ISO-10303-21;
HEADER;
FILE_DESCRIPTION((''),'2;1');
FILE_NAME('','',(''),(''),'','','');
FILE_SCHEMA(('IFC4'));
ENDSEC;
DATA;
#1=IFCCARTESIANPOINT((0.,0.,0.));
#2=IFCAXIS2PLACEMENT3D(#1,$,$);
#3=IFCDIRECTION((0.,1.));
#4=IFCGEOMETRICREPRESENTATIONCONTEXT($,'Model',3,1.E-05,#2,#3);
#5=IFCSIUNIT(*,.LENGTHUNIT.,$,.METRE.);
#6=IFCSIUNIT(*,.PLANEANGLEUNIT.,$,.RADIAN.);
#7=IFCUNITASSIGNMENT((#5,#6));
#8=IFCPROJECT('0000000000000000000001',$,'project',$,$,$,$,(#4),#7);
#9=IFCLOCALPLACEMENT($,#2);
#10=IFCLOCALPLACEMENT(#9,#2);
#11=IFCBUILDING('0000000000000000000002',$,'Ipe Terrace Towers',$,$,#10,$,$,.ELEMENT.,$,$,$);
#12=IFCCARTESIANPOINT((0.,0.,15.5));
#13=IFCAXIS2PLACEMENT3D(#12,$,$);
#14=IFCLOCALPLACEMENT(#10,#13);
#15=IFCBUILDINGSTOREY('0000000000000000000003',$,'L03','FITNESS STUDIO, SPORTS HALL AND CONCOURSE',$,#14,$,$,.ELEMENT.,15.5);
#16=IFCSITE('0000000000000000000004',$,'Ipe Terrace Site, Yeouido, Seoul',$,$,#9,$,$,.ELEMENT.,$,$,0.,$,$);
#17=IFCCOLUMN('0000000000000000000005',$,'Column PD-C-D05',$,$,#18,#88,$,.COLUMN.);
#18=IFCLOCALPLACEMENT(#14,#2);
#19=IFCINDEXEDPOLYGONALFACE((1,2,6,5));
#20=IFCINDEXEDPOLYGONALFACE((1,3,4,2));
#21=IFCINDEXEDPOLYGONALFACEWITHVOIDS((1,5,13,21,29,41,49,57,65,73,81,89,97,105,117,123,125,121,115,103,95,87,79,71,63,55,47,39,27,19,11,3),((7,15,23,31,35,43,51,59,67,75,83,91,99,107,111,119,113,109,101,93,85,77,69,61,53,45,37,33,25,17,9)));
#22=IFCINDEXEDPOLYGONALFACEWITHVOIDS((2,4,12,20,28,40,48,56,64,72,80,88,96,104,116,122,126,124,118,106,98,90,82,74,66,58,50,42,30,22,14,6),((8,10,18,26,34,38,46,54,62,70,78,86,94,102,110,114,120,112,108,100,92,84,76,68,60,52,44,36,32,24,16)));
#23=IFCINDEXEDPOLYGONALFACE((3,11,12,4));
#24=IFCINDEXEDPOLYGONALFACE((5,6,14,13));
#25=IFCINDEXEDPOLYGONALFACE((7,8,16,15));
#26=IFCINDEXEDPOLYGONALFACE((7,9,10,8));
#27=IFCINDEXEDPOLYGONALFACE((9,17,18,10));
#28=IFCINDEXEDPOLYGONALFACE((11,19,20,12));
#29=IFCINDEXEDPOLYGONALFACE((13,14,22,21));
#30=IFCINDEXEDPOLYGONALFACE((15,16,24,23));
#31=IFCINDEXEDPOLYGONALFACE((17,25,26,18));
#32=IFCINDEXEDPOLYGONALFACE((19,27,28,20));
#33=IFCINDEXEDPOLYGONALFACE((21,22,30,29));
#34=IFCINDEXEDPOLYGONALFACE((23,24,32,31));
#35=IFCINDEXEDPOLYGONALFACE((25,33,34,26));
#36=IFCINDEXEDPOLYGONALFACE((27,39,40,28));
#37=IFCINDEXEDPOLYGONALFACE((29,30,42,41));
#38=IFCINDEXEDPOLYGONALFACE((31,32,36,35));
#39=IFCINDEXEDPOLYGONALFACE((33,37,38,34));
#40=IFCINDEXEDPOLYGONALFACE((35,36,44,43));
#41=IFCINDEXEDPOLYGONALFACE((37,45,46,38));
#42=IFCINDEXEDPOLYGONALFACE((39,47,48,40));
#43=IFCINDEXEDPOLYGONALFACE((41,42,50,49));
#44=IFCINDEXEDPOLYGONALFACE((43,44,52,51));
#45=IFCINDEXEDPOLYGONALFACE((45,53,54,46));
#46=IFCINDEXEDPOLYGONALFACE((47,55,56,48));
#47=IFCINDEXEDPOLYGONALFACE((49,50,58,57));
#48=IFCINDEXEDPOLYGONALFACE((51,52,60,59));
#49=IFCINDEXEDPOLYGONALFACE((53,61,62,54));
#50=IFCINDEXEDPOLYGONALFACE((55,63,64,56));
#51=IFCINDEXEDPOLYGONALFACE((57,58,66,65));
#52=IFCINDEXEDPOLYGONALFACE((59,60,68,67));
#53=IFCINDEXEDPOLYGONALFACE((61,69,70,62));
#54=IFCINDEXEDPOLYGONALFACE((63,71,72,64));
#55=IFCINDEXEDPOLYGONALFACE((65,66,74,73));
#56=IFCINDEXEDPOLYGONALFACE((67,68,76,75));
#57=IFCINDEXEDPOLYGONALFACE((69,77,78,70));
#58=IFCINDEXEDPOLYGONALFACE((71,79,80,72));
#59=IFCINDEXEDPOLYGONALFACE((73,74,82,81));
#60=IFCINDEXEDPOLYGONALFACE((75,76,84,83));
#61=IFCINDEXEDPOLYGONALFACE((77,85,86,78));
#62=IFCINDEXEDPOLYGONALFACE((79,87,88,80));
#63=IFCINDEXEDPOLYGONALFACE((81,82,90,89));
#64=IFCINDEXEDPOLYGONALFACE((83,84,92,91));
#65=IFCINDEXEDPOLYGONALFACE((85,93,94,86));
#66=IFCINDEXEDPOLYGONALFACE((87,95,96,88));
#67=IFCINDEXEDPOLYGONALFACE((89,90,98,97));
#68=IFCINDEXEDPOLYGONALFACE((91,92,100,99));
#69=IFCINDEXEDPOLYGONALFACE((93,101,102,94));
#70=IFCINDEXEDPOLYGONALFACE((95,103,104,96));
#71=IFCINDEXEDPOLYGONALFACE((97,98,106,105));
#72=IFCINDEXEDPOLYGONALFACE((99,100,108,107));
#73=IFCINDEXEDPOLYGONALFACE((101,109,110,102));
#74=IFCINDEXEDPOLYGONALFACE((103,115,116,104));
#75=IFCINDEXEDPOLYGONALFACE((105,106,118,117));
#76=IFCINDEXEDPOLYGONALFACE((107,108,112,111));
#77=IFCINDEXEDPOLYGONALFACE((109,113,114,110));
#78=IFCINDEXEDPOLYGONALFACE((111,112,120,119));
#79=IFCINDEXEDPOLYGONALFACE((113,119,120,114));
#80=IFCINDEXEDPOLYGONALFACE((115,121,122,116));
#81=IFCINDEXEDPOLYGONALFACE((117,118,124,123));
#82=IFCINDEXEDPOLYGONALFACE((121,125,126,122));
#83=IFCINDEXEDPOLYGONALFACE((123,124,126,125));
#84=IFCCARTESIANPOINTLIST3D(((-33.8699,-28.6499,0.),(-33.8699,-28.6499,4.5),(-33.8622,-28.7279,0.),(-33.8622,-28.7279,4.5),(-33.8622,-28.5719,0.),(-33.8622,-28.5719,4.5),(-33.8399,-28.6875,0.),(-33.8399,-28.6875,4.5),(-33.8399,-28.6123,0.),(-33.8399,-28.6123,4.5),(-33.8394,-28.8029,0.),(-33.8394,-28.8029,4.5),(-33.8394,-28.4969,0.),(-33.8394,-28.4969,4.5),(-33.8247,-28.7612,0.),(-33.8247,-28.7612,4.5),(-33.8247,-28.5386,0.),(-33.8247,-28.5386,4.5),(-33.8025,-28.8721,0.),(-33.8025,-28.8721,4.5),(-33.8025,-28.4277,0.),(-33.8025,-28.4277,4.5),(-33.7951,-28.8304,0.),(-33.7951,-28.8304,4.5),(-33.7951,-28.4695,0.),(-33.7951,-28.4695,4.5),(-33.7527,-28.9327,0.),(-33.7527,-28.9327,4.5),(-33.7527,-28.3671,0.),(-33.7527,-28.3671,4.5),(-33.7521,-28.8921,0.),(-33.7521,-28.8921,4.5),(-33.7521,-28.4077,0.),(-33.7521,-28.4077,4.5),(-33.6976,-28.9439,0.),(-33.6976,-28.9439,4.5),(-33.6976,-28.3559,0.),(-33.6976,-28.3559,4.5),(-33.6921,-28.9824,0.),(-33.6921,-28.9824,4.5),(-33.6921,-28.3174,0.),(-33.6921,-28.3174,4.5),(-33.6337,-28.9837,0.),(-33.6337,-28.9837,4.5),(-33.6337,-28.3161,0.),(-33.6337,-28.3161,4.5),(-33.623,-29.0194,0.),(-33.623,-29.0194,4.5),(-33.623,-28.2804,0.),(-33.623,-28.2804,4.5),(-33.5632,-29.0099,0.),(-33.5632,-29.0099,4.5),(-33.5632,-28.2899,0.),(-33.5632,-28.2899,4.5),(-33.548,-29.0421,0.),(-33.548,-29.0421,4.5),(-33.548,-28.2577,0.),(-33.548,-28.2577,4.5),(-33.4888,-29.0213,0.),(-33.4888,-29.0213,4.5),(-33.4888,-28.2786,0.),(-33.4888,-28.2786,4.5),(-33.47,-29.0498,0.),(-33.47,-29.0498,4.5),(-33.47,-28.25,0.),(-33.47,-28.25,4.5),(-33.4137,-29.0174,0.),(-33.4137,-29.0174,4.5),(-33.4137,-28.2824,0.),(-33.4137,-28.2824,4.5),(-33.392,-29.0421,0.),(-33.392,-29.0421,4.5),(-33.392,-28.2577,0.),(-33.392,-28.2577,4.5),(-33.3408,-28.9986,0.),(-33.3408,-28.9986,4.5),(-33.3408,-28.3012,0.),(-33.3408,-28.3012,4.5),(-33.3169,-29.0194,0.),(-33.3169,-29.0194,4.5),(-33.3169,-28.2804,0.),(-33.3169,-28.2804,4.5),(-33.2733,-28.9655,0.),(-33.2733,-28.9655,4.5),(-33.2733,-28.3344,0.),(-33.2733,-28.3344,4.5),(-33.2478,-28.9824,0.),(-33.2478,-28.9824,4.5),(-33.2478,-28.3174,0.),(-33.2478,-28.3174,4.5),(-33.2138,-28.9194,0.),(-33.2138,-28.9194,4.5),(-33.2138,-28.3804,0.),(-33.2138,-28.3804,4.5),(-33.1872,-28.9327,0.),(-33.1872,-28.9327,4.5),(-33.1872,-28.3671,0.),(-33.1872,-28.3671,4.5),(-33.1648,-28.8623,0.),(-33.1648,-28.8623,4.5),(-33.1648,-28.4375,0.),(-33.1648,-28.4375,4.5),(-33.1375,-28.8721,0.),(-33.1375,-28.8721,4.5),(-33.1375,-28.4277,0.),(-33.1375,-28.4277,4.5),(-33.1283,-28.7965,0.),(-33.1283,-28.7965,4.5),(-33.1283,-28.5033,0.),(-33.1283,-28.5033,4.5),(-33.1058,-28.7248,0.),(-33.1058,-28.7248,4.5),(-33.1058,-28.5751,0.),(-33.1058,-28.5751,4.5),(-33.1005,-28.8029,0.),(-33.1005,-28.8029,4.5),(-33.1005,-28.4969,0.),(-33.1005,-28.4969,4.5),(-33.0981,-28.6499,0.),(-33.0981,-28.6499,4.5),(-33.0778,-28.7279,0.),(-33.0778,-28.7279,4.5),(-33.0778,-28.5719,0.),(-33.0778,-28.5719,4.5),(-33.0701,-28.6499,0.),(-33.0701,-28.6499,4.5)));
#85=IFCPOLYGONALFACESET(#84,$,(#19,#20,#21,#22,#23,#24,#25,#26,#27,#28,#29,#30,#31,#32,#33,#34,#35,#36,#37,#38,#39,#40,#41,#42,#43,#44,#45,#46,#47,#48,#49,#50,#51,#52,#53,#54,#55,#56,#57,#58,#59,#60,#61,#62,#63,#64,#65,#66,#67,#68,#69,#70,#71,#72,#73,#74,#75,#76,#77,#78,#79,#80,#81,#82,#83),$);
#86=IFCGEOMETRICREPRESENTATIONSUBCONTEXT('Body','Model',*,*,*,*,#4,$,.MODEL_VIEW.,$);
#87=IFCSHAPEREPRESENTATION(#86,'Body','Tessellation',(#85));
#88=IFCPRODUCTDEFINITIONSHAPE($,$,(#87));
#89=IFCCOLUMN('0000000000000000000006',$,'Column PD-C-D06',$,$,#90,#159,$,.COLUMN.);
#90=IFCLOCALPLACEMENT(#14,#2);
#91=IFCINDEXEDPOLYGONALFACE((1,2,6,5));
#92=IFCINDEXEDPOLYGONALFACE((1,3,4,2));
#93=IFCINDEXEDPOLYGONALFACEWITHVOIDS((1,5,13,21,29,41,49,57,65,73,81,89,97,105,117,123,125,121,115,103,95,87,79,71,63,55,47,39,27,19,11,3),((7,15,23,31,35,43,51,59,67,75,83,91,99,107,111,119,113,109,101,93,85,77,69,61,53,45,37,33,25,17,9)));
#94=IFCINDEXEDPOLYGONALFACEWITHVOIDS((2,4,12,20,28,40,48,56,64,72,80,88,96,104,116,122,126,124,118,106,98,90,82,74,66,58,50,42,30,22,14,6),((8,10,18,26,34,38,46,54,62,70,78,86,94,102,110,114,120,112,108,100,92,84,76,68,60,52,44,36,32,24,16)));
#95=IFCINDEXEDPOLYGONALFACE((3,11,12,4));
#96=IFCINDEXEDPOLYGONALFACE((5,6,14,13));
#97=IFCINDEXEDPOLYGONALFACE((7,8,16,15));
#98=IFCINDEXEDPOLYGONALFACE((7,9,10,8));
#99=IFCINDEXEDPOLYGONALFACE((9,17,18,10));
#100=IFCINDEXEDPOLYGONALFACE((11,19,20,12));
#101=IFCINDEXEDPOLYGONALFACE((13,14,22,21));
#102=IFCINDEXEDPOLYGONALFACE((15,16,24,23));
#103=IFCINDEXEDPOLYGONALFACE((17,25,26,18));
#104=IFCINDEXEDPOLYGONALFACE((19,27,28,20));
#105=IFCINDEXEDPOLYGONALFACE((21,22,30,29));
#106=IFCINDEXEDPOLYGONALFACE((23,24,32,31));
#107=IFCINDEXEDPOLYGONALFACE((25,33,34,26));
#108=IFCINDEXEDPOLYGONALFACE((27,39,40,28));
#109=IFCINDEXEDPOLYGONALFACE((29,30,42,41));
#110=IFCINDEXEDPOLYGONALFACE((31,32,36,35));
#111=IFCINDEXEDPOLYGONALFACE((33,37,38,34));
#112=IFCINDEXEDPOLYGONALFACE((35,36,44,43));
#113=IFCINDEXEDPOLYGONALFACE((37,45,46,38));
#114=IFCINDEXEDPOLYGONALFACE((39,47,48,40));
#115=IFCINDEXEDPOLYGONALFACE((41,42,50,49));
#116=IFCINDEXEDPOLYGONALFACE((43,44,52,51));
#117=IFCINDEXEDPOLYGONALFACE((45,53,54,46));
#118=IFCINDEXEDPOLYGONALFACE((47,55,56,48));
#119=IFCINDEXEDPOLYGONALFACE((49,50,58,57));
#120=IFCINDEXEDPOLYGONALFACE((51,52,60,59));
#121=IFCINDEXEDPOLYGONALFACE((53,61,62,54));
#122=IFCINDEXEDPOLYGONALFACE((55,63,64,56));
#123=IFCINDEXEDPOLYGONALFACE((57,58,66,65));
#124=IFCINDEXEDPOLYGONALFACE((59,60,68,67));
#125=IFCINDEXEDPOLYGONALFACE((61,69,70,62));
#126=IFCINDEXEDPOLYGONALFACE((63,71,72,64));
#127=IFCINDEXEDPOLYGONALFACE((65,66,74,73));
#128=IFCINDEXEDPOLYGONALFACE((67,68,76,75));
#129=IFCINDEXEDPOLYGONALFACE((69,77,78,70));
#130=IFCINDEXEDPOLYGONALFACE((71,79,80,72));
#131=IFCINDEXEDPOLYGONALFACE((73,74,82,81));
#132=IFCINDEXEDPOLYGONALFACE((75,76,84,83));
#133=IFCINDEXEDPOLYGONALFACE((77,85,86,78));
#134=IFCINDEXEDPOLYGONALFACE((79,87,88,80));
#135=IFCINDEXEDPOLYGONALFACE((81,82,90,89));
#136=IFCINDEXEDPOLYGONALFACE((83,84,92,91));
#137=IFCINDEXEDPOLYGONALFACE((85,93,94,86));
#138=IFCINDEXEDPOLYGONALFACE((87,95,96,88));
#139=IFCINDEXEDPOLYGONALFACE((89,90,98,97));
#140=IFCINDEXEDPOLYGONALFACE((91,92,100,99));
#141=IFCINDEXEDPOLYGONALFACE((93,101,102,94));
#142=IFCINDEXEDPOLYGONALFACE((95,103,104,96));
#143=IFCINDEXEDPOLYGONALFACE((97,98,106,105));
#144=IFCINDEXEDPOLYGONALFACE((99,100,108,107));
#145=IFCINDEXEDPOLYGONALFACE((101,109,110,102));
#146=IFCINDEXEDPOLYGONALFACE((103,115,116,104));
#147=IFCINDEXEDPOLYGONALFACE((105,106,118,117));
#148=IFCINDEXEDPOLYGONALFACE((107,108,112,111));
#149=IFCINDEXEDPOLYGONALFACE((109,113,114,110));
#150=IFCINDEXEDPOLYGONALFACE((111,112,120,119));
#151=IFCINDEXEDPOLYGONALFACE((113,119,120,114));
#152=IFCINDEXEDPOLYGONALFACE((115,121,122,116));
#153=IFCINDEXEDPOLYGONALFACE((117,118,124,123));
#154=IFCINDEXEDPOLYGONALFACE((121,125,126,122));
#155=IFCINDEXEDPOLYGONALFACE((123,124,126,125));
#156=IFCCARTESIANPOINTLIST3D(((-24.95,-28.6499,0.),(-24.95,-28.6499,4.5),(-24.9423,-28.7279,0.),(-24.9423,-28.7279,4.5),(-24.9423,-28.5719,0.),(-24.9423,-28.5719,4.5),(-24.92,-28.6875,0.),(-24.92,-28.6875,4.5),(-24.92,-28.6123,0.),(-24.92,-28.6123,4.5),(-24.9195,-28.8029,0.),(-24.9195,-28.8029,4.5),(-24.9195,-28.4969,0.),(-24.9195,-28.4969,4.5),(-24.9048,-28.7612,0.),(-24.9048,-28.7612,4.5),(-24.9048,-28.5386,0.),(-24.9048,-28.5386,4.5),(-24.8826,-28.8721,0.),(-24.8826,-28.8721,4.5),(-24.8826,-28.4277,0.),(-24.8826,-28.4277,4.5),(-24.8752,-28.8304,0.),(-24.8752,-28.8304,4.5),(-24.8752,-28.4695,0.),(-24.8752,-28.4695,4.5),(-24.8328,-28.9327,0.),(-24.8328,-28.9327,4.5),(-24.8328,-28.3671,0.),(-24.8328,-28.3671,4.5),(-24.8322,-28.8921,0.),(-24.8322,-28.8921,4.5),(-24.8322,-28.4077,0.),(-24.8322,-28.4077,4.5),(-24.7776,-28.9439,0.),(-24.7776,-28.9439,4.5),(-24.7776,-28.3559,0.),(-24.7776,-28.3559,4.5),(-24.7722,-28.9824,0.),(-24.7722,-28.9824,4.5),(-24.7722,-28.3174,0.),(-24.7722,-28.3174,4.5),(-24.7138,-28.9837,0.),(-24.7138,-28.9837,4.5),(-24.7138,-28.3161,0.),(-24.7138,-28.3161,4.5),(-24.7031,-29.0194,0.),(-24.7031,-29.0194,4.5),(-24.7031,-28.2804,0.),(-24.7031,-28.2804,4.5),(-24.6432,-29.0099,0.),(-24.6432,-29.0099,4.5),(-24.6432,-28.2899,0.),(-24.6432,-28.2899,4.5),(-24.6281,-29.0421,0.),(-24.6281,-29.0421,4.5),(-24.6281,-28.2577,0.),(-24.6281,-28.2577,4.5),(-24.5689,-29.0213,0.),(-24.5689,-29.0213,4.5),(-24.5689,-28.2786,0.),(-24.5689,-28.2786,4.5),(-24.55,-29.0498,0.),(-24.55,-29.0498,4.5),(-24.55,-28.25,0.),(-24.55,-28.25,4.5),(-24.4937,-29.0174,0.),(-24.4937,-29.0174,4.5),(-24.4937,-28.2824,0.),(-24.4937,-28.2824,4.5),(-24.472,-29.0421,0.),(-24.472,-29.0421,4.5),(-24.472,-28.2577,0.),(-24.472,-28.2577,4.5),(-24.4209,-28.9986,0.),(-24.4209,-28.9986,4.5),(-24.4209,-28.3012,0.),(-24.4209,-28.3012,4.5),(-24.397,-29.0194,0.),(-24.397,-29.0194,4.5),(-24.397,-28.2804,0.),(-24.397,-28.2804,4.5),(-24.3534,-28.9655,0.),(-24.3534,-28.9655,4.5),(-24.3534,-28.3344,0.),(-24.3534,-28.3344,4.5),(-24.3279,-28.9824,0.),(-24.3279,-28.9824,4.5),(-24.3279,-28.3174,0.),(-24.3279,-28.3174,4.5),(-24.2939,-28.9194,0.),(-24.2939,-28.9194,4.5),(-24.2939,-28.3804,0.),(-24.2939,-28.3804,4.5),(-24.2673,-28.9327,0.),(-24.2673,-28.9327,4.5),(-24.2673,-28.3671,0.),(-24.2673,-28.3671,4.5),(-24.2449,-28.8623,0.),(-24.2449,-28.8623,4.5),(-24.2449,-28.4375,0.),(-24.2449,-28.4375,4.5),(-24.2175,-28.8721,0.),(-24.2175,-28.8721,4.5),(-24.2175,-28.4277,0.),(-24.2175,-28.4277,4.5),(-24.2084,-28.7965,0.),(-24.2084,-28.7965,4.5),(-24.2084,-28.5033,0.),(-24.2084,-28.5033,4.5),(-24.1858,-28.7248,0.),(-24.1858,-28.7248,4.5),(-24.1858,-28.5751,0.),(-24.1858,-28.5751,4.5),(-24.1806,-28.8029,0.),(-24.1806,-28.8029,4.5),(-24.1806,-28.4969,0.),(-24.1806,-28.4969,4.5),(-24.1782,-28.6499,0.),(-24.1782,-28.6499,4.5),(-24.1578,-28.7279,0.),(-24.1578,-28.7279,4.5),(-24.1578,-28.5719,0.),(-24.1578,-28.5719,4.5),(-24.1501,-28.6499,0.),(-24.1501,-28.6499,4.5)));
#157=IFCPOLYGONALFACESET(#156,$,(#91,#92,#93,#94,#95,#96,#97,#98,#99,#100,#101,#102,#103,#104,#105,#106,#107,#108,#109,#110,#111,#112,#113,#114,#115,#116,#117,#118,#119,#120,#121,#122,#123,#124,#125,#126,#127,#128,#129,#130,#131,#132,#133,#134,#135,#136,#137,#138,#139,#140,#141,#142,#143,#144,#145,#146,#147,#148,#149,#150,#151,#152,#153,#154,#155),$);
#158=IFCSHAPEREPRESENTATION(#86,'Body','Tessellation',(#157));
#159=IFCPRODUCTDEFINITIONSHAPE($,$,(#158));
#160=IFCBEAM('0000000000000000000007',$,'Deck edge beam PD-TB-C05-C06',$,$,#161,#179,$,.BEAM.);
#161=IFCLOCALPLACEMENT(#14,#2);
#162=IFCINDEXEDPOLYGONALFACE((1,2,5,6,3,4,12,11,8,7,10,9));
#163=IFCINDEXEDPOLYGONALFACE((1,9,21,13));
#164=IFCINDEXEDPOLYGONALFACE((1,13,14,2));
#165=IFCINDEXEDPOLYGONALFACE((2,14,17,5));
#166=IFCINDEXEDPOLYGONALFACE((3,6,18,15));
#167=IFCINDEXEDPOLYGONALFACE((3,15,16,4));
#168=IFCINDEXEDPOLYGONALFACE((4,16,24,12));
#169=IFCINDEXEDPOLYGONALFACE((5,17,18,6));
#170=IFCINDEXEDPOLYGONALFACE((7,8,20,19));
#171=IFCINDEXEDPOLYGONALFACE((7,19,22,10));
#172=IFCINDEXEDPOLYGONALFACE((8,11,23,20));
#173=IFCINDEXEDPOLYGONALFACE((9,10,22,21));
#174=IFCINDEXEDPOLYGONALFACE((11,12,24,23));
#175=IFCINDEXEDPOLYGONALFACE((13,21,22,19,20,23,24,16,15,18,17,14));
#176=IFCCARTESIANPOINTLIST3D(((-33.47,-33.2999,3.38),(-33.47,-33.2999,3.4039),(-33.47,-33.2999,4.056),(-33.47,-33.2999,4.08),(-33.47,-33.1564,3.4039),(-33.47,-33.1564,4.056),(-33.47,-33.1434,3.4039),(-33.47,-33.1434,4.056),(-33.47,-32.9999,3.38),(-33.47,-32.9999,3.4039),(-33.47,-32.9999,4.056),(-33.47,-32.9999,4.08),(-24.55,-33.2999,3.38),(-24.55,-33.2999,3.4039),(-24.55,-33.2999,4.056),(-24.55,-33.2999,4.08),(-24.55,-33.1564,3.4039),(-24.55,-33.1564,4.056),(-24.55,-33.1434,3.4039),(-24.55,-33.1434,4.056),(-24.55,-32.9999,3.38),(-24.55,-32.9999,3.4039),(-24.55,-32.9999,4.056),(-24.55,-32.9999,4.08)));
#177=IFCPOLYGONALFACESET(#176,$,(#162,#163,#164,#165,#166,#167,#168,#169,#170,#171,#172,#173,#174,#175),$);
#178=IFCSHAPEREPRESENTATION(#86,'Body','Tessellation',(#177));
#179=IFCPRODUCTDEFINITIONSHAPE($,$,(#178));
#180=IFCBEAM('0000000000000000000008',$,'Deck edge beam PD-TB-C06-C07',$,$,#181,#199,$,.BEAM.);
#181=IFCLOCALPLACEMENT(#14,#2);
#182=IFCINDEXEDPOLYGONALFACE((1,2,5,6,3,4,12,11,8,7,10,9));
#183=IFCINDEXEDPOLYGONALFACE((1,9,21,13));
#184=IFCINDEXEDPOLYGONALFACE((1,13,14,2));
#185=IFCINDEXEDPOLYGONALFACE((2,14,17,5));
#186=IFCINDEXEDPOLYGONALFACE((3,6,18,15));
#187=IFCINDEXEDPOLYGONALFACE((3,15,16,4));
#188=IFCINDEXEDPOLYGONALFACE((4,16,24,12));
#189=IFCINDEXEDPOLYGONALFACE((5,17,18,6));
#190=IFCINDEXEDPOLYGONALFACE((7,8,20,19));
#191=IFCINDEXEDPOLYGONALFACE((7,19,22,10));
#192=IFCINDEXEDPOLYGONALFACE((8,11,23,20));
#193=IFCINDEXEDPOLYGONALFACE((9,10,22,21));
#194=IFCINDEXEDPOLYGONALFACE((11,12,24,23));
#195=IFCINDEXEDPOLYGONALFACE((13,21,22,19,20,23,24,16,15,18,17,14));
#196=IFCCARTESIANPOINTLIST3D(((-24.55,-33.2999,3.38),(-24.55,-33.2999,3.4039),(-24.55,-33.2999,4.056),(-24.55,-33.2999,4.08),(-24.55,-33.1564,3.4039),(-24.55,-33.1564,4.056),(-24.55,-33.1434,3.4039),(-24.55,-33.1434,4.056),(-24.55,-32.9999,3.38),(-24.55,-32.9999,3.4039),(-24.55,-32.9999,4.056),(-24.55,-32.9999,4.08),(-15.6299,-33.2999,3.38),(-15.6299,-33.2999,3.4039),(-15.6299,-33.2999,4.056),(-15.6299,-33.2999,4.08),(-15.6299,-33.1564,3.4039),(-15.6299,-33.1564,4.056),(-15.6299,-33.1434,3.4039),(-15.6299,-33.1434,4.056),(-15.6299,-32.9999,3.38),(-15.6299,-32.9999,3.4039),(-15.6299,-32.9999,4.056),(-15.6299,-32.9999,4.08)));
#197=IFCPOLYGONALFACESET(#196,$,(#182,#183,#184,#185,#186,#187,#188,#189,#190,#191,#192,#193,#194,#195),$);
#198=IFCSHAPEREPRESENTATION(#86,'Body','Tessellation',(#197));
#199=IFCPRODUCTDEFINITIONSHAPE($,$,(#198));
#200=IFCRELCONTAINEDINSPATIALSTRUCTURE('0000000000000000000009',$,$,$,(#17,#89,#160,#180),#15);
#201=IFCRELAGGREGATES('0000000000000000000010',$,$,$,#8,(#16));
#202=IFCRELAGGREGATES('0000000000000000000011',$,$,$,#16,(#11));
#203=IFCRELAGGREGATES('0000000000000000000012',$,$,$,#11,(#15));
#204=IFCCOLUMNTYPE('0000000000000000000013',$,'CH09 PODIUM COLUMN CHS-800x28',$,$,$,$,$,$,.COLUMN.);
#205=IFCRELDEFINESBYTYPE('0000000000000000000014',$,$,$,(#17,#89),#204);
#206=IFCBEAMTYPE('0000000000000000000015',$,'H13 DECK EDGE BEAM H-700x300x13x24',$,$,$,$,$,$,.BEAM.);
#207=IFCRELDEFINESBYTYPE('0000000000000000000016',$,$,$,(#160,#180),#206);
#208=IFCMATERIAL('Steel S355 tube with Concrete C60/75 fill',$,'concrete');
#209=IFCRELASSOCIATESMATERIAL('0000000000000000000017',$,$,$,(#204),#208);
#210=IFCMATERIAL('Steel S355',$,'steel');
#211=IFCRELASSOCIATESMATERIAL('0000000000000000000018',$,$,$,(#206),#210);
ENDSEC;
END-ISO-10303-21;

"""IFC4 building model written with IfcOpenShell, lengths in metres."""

from ifc_helpers import new_model, si_unit, direction, frame, origin, origin_2d, place, context, subcontext, project, spatial, hollow_circle, i_section, extrude, material, material_profile, profile_set, type_object, element, save


model = new_model("IFC4")

# Units and contexts
model_context = context("Model", 3, precision=1e-05, world=origin(), true_north=direction((0.0, 1.0)))
body_context = subcontext(model_context, "Body", "Model", "MODEL_VIEW")
ifc_project = project(units=[si_unit("LENGTHUNIT", "METRE"), si_unit("PLANEANGLEUNIT", "RADIAN")], contexts=[model_context])

# Site, building, storey
site_placement = place(None, origin())
site = spatial("IfcSite", under=ifc_project, at=site_placement, Name="Ipe Terrace Site, Yeouido, Seoul", CompositionType="ELEMENT", RefElevation=0.0)
building_placement = place(site_placement, origin())
building = spatial("IfcBuilding", under=site, at=building_placement, Name="Ipe Terrace Towers", CompositionType="ELEMENT")
storey_placement = place(building_placement, frame((0.0, 0.0, 15.5)))
storey = spatial("IfcBuildingStorey", under=building, at=storey_placement, Name="L03", Description="FITNESS STUDIO, SPORTS HALL AND CONCOURSE", CompositionType="ELEMENT", Elevation=15.5)

# Columns
ifc_material_1 = material(Name="Steel S355 tube with Concrete C60/75 fill", Category="concrete")
ifc_material_profile_1 = material_profile(ifc_material_1, hollow_circle(Radius=0.3999, WallThickness=0.0281, at=origin_2d()), Name="CHS-800x28")
ifc_profile_set_1 = profile_set([ifc_material_profile_1], Name="Steel S355 tube with Concrete C60/75 fill")
column_type = type_object("IfcColumnType", Name="CH09 PODIUM COLUMN CHS-800x28", PredefinedType="COLUMN", material=ifc_profile_set_1)
for number, where, z_axis, x_axis, name in (
    (1, (-33.47, -28.6499, 0.0), (0.0, 0.0, 1.0), (1.0, 0.0, 0.0), "Column PD-C-D05"),
    (2, (-24.55, -28.6499, 0.0), (0.0, 0.0, 1.0), (1.0, 0.0, 0.0), "Column PD-C-D06"),
):
    element("IfcColumn", number, at=place(storey_placement, frame(where, z_axis=z_axis, x_axis=x_axis)), inside=storey, type_object=column_type, Name=name, PredefinedType="COLUMN", context=body_context, shape_type="SweptSolid", body=[
        extrude(hollow_circle(Radius=0.3999, WallThickness=0.0281, at=origin_2d()), origin(), (0.0, 0.0, 1.0), 4.5),
    ])

# Beams
ifc_material_2 = material(Name="Steel S355", Category="steel")
ifc_material_profile_2 = material_profile(ifc_material_2, i_section(OverallWidth=0.3, OverallDepth=0.7, WebThickness=0.0129, FlangeThickness=0.0239, at=origin_2d()), Name="H-700x300x13x24")
ifc_profile_set_2 = profile_set([ifc_material_profile_2], Name="Steel S355")
beam_type = type_object("IfcBeamType", Name="H13 DECK EDGE BEAM H-700x300x13x24", PredefinedType="BEAM", material=ifc_profile_set_2)
beam_1_placement = place(storey_placement, frame((-33.47, -33.1499, 3.73), z_axis=(1.0, 0.0, 0.0), x_axis=(0.0, 1.0, 0.0)))
element("IfcBeam", 3, at=beam_1_placement, inside=storey, type_object=beam_type, Name="Deck edge beam PD-TB-C05-C06", PredefinedType="BEAM", context=body_context, shape_type="SweptSolid", body=[
    extrude(i_section(OverallWidth=0.3, OverallDepth=0.7, WebThickness=0.0129, FlangeThickness=0.0239, at=origin_2d()), origin(), (0.0, 0.0, 1.0), 8.9199),
])
beam_2_placement = place(storey_placement, frame((-24.55, -33.1499, 3.73), z_axis=(1.0, 0.0, 0.0), x_axis=(0.0, 1.0, 0.0)))
element("IfcBeam", 4, at=beam_2_placement, inside=storey, type_object=beam_type, Name="Deck edge beam PD-TB-C06-C07", PredefinedType="BEAM", context=body_context, shape_type="SweptSolid", body=[
    extrude(i_section(OverallWidth=0.3, OverallDepth=0.7, WebThickness=0.0129, FlangeThickness=0.0239, at=origin_2d()), origin(), (0.0, 0.0, 1.0), 8.9202),
])

save(model, "model.ifc")
